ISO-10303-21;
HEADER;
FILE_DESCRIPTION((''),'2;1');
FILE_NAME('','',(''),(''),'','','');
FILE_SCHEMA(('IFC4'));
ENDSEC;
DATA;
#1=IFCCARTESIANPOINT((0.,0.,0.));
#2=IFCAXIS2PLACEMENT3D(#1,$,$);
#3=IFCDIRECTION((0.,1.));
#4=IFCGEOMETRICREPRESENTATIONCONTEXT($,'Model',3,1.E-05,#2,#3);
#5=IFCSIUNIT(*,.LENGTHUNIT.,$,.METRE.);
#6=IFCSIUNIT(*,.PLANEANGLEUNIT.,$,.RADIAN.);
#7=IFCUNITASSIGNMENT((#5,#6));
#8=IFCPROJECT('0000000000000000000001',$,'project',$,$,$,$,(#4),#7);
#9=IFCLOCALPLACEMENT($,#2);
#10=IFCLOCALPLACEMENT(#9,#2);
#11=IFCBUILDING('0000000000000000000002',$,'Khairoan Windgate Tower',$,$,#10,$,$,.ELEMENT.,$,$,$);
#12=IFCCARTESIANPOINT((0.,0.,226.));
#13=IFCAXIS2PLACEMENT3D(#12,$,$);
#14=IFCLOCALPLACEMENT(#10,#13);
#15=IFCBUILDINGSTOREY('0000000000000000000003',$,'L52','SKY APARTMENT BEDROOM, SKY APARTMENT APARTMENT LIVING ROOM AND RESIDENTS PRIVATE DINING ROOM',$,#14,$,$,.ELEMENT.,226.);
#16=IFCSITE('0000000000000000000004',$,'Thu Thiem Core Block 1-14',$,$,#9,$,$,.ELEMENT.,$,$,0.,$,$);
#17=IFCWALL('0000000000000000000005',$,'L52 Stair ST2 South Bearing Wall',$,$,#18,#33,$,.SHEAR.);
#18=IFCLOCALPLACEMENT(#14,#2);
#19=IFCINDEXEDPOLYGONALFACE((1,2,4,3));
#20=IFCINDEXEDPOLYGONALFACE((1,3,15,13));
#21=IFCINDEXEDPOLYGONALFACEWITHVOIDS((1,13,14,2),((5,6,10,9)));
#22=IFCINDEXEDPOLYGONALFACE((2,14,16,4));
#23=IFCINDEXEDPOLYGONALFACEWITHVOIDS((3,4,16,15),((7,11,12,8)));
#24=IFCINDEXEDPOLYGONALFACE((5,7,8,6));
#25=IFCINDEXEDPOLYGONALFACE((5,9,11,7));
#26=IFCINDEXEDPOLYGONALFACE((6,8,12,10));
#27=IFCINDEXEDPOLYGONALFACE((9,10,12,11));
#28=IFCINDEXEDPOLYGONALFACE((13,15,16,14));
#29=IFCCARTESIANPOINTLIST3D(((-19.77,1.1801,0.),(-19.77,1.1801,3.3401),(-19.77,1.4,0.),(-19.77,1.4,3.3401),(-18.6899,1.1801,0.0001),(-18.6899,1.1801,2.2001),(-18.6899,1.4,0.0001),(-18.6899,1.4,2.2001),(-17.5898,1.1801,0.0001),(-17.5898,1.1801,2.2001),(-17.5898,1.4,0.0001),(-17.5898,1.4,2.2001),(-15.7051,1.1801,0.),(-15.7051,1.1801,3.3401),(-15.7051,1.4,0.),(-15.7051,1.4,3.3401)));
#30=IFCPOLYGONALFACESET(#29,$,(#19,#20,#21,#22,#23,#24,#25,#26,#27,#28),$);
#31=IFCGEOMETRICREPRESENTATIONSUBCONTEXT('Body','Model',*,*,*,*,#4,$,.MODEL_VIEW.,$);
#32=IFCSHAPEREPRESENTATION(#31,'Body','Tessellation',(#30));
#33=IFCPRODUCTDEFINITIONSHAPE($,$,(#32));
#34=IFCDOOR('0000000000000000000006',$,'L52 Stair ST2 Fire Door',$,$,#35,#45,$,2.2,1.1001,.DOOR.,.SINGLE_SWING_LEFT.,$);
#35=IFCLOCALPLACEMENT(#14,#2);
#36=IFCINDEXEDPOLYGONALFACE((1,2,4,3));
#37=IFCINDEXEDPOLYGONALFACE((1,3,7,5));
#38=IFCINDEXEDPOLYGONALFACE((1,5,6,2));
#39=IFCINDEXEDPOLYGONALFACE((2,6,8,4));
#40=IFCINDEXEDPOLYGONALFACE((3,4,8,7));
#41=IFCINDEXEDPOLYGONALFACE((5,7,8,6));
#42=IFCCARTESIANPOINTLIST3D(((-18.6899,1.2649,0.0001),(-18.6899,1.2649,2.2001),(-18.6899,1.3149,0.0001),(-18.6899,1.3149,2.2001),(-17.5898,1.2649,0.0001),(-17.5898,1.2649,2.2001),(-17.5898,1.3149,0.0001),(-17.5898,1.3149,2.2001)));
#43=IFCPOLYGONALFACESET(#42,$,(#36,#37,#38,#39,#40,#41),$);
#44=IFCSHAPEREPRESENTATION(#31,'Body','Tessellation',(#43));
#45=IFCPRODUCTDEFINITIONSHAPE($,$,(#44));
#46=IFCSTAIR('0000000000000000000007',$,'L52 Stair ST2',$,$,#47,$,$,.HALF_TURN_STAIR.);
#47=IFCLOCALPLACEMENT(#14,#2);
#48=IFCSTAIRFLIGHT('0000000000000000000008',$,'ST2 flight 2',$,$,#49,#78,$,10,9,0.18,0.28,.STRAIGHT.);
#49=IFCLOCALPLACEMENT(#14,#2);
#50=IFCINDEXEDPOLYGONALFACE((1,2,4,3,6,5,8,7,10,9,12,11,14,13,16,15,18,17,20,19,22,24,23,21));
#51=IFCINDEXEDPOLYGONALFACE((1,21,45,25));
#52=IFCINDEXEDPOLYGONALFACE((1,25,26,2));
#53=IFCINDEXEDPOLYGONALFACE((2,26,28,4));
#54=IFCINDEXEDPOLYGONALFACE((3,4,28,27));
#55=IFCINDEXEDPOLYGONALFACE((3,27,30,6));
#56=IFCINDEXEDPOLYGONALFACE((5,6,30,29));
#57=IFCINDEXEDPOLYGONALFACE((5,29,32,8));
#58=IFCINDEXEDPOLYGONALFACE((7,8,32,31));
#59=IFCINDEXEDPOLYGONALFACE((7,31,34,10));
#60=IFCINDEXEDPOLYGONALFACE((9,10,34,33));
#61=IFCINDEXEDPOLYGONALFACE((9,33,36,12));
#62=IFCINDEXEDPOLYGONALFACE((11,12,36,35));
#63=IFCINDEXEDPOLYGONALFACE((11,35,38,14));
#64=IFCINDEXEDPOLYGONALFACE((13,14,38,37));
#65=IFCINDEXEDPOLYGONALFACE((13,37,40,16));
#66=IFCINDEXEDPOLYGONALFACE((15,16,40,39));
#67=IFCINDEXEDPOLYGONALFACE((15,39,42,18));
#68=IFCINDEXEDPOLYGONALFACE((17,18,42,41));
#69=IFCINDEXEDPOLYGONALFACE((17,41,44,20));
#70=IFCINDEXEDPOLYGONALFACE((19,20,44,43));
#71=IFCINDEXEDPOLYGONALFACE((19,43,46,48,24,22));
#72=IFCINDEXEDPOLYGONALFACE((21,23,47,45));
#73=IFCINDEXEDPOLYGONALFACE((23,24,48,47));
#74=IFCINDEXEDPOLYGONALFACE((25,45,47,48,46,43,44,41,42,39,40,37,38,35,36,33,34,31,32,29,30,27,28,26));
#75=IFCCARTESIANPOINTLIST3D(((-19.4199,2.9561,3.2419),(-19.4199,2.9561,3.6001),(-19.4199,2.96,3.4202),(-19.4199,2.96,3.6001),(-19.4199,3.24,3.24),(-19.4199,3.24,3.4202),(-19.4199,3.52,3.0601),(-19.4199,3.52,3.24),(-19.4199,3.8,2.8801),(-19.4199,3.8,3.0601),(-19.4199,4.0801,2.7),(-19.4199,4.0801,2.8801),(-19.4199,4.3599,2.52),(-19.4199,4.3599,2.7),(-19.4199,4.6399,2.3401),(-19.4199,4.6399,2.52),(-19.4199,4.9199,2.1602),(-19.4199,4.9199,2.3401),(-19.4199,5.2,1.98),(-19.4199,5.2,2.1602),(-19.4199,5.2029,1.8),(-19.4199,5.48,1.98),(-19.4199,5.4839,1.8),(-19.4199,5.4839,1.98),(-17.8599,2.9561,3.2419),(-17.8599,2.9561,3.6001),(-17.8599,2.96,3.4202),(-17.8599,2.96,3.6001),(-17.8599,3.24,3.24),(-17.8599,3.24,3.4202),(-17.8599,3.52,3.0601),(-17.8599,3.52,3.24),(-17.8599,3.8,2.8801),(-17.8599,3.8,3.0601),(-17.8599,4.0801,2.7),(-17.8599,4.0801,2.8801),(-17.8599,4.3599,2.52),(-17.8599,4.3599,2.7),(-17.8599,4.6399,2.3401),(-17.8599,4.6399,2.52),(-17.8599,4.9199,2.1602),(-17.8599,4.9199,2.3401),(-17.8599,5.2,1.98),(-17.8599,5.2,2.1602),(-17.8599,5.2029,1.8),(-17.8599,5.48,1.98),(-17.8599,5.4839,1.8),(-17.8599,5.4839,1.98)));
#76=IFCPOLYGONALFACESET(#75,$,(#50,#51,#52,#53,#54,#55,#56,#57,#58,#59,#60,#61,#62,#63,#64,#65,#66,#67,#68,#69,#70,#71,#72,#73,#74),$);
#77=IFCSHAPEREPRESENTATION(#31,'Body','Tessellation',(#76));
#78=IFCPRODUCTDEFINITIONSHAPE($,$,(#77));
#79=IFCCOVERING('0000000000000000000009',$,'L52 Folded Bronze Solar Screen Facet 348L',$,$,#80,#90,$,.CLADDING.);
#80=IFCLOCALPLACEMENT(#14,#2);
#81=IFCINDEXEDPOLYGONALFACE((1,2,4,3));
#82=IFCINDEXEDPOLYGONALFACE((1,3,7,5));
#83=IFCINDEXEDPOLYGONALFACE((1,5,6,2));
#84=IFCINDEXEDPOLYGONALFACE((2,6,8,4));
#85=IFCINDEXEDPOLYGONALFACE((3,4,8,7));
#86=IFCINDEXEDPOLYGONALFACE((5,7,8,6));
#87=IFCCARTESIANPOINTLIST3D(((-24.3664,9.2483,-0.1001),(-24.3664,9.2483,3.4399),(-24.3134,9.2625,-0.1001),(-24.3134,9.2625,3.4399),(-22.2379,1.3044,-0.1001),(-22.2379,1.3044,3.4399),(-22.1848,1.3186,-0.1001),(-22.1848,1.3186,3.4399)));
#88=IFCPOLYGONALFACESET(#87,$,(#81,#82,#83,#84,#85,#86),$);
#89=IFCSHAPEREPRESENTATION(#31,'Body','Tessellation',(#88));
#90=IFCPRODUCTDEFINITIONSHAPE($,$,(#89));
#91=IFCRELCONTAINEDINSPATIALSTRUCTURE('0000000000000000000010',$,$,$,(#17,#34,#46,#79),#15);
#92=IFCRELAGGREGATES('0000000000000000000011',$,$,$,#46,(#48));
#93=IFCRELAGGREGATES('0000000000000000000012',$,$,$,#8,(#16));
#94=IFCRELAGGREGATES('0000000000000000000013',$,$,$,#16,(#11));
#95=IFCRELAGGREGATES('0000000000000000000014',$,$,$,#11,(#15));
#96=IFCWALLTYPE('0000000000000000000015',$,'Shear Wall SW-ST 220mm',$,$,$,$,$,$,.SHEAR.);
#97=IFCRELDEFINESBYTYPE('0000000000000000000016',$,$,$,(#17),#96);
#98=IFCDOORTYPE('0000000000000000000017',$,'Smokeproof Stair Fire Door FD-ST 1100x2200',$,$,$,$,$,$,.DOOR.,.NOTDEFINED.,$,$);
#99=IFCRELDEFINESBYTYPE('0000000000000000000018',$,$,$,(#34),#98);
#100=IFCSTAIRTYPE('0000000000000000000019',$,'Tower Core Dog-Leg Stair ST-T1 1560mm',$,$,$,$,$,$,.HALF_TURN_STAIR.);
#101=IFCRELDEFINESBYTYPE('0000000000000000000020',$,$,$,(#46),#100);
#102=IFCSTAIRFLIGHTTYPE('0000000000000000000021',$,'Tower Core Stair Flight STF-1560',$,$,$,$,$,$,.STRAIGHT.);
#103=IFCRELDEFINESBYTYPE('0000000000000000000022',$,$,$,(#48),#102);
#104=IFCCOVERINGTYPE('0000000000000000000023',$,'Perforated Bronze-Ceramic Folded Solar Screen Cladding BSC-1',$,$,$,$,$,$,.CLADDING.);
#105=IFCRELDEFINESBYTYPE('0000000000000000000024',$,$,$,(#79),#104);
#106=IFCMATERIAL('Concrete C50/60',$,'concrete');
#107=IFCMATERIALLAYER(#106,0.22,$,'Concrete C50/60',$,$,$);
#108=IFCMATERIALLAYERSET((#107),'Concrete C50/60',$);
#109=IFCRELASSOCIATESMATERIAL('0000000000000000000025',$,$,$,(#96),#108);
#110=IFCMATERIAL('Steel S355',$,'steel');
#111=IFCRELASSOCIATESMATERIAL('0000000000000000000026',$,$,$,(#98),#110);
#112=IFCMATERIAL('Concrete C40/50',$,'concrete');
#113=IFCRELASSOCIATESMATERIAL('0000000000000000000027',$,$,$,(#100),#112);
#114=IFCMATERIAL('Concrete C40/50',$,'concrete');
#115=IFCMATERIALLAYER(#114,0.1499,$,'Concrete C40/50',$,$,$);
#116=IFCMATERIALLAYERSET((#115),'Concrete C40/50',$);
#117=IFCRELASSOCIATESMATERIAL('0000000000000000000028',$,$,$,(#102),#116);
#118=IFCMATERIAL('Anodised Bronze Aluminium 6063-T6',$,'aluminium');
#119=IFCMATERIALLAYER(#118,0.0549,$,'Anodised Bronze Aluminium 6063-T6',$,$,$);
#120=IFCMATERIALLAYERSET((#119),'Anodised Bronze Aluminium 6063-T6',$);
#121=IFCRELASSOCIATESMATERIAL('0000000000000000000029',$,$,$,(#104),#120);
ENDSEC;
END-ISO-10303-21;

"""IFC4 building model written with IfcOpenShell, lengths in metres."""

from ifc_helpers import new_model, si_unit, direction, frame, frame_2d, origin, origin_2d, place, context, subcontext, project, spatial, polyline, rectangle, outline, extrude, material, layer, layer_set, type_object, element, fill, aggregate, save


model = new_model("IFC4")

# Units and contexts
model_context = context("Model", 3, precision=1e-05, world=origin(), true_north=direction((0.0, 1.0)))
body_context = subcontext(model_context, "Body", "Model", "MODEL_VIEW")
ifc_project = project(units=[si_unit("LENGTHUNIT", "METRE"), si_unit("PLANEANGLEUNIT", "RADIAN")], contexts=[model_context])

# Site, building, storey
site_placement = place(None, origin())
site = spatial("IfcSite", under=ifc_project, at=site_placement, Name="Thu Thiem Core Block 1-14", CompositionType="ELEMENT", RefElevation=0.0)
building_placement = place(site_placement, origin())
building = spatial("IfcBuilding", under=site, at=building_placement, Name="Khairoan Windgate Tower", CompositionType="ELEMENT")
storey_placement = place(building_placement, frame((0.0, 0.0, 226.0)))
storey = spatial("IfcBuildingStorey", under=building, at=storey_placement, Name="L52", Description="SKY APARTMENT BEDROOM, SKY APARTMENT APARTMENT LIVING ROOM AND RESIDENTS PRIVATE DINING ROOM", CompositionType="ELEMENT", Elevation=226.0)

# Shared definitions
ifc_material_1 = material(Name="Concrete C50/60", Category="concrete")
ifc_layer_1 = layer(ifc_material_1, 0.22, Name="Concrete C50/60")
ifc_layer_set_1 = layer_set([ifc_layer_1], Name="Concrete C50/60")
wall_type = type_object("IfcWallType", Name="Shear Wall SW-ST 220mm", PredefinedType="SHEAR", material=ifc_layer_set_1)

# Wall, opening, door
wall_1_placement = place(storey_placement, frame((-19.77, 1.29, 0.0), z_axis=(0.0, 0.0, 1.0), x_axis=(1.0, 0.0, 0.0)))
wall_1 = element("IfcWall", 1, at=wall_1_placement, inside=storey, type_object=wall_type, Name="L52 Stair ST2 South Bearing Wall", PredefinedType="SHEAR", context=body_context, shape_type="SweptSolid", body=[
    extrude(rectangle(XDim=4.0649, YDim=0.22, at=frame_2d((2.0325, 0.0))), origin(), (0.0, 0.0, 1.0), 3.3401),
])
opening_placement = place(wall_1_placement, frame((1.0801, 0.0, 0.0)))
opening = element("IfcOpeningElement", 2, at=opening_placement, cuts=wall_1, PredefinedType="OPENING", context=body_context, shape_type="SweptSolid", body=[
    extrude(rectangle(XDim=1.1001, YDim=2.2, at=frame_2d((0.55, 1.1001))), frame((0.0, 0.1199, 0.0), z_axis=(0.0, -1.0, 0.0), x_axis=(1.0, 0.0, 0.0)), (0.0, 0.0, 1.0), 0.24),
])
ifc_material_2 = material(Name="Steel S355", Category="steel")
door_type = type_object("IfcDoorType", Name="Smokeproof Stair Fire Door FD-ST 1100x2200", OperationType="NOTDEFINED", PredefinedType="DOOR", material=ifc_material_2)
door_placement = place(opening_placement, origin())
door = element("IfcDoor", 3, at=door_placement, inside=storey, type_object=door_type, Name="L52 Stair ST2 Fire Door", OperationType="SINGLE_SWING_LEFT", OverallHeight=2.2, OverallWidth=1.1001, PredefinedType="DOOR", context=body_context, shape_type="SweptSolid", body=[
    extrude(rectangle(XDim=1.1001, YDim=2.2, at=frame_2d((0.55, 1.1001))), frame((0.0, 0.0249, 0.0), z_axis=(0.0, -1.0, 0.0), x_axis=(1.0, 0.0, 0.0)), (0.0, 0.0, 1.0), 0.05),
])
fill(opening, door)

# Stair, stair flight
ifc_material_3 = material(Name="Concrete C40/50", Category="concrete")
stair_type = type_object("IfcStairType", Name="Tower Core Dog-Leg Stair ST-T1 1560mm", PredefinedType="HALF_TURN_STAIR", material=ifc_material_3)
stair_placement = place(storey_placement, origin())
stair = element("IfcStair", 4, at=stair_placement, inside=storey, type_object=stair_type, Name="L52 Stair ST2", PredefinedType="HALF_TURN_STAIR")
ifc_material_4 = material(Name="Concrete C40/50", Category="concrete")
ifc_layer_2 = layer(ifc_material_4, 0.1499, Name="Concrete C40/50")
ifc_layer_set_2 = layer_set([ifc_layer_2], Name="Concrete C40/50")
stair_flight_type = type_object("IfcStairFlightType", Name="Tower Core Stair Flight STF-1560", PredefinedType="STRAIGHT", material=ifc_layer_set_2)
stair_flight_placement = place(storey_placement, frame((-18.6399, 5.48, 1.8), z_axis=(0.0, 0.0, 1.0), x_axis=(0.0, -1.0, 0.0)))
stair_flight = element("IfcStairFlight", 5, at=stair_flight_placement, type_object=stair_flight_type, Name="ST2 flight 2", NumberOfRisers=10, NumberOfTreads=9, PredefinedType="STRAIGHT", RiserHeight=0.18, TreadLength=0.28, context=body_context, shape_type="SweptSolid", body=[
    extrude(outline(polyline([(-0.0039, 0.0), (-0.0039, 0.1799), (0.0, 0.1799), (0.28, 0.1799), (0.28, 0.3601), (0.5601, 0.3601), (0.5601, 0.54), (0.8401, 0.54), (0.8401, 0.72), (1.1201, 0.72), (1.1201, 0.8999), (1.3999, 0.8999), (1.3999, 1.0801), (1.6799, 1.0801), (1.6799, 1.26), (1.96, 1.26), (1.96, 1.4399), (2.24, 1.4399), (2.24, 1.6201), (2.52, 1.6201), (2.52, 1.8), (2.5239, 1.8), (2.5239, 1.4419), (0.2771, 0.0), (-0.0039, 0.0)])), frame((0.0, 0.78, 0.0), z_axis=(0.0, -1.0, 0.0), x_axis=(1.0, 0.0, 0.0)), (0.0, 0.0, 1.0), 1.5601),
])
aggregate(stair, [stair_flight])

# Covering
ifc_material_5 = material(Name="Anodised Bronze Aluminium 6063-T6", Category="aluminium")
ifc_layer_3 = layer(ifc_material_5, 0.0549, Name="Anodised Bronze Aluminium 6063-T6")
ifc_layer_set_3 = layer_set([ifc_layer_3], Name="Anodised Bronze Aluminium 6063-T6")
covering_type = type_object("IfcCoveringType", Name="Perforated Bronze-Ceramic Folded Solar Screen Cladding BSC-1", PredefinedType="CLADDING", material=ifc_layer_set_3)
covering_placement = place(storey_placement, frame((-23.2756, 5.2834, -0.1001), z_axis=(0.0, 0.0, 1.0), x_axis=(-0.258819, 0.965926, 0.0)))
element("IfcCovering", 6, at=covering_placement, inside=storey, type_object=covering_type, Name="L52 Folded Bronze Solar Screen Facet 348L", PredefinedType="CLADDING", context=body_context, shape_type="SweptSolid", body=[
    extrude(rectangle(XDim=8.2241, YDim=0.0549, at=origin_2d()), origin(), (0.0, 0.0, 1.0), 3.54),
])

save(model, "model.ifc")
